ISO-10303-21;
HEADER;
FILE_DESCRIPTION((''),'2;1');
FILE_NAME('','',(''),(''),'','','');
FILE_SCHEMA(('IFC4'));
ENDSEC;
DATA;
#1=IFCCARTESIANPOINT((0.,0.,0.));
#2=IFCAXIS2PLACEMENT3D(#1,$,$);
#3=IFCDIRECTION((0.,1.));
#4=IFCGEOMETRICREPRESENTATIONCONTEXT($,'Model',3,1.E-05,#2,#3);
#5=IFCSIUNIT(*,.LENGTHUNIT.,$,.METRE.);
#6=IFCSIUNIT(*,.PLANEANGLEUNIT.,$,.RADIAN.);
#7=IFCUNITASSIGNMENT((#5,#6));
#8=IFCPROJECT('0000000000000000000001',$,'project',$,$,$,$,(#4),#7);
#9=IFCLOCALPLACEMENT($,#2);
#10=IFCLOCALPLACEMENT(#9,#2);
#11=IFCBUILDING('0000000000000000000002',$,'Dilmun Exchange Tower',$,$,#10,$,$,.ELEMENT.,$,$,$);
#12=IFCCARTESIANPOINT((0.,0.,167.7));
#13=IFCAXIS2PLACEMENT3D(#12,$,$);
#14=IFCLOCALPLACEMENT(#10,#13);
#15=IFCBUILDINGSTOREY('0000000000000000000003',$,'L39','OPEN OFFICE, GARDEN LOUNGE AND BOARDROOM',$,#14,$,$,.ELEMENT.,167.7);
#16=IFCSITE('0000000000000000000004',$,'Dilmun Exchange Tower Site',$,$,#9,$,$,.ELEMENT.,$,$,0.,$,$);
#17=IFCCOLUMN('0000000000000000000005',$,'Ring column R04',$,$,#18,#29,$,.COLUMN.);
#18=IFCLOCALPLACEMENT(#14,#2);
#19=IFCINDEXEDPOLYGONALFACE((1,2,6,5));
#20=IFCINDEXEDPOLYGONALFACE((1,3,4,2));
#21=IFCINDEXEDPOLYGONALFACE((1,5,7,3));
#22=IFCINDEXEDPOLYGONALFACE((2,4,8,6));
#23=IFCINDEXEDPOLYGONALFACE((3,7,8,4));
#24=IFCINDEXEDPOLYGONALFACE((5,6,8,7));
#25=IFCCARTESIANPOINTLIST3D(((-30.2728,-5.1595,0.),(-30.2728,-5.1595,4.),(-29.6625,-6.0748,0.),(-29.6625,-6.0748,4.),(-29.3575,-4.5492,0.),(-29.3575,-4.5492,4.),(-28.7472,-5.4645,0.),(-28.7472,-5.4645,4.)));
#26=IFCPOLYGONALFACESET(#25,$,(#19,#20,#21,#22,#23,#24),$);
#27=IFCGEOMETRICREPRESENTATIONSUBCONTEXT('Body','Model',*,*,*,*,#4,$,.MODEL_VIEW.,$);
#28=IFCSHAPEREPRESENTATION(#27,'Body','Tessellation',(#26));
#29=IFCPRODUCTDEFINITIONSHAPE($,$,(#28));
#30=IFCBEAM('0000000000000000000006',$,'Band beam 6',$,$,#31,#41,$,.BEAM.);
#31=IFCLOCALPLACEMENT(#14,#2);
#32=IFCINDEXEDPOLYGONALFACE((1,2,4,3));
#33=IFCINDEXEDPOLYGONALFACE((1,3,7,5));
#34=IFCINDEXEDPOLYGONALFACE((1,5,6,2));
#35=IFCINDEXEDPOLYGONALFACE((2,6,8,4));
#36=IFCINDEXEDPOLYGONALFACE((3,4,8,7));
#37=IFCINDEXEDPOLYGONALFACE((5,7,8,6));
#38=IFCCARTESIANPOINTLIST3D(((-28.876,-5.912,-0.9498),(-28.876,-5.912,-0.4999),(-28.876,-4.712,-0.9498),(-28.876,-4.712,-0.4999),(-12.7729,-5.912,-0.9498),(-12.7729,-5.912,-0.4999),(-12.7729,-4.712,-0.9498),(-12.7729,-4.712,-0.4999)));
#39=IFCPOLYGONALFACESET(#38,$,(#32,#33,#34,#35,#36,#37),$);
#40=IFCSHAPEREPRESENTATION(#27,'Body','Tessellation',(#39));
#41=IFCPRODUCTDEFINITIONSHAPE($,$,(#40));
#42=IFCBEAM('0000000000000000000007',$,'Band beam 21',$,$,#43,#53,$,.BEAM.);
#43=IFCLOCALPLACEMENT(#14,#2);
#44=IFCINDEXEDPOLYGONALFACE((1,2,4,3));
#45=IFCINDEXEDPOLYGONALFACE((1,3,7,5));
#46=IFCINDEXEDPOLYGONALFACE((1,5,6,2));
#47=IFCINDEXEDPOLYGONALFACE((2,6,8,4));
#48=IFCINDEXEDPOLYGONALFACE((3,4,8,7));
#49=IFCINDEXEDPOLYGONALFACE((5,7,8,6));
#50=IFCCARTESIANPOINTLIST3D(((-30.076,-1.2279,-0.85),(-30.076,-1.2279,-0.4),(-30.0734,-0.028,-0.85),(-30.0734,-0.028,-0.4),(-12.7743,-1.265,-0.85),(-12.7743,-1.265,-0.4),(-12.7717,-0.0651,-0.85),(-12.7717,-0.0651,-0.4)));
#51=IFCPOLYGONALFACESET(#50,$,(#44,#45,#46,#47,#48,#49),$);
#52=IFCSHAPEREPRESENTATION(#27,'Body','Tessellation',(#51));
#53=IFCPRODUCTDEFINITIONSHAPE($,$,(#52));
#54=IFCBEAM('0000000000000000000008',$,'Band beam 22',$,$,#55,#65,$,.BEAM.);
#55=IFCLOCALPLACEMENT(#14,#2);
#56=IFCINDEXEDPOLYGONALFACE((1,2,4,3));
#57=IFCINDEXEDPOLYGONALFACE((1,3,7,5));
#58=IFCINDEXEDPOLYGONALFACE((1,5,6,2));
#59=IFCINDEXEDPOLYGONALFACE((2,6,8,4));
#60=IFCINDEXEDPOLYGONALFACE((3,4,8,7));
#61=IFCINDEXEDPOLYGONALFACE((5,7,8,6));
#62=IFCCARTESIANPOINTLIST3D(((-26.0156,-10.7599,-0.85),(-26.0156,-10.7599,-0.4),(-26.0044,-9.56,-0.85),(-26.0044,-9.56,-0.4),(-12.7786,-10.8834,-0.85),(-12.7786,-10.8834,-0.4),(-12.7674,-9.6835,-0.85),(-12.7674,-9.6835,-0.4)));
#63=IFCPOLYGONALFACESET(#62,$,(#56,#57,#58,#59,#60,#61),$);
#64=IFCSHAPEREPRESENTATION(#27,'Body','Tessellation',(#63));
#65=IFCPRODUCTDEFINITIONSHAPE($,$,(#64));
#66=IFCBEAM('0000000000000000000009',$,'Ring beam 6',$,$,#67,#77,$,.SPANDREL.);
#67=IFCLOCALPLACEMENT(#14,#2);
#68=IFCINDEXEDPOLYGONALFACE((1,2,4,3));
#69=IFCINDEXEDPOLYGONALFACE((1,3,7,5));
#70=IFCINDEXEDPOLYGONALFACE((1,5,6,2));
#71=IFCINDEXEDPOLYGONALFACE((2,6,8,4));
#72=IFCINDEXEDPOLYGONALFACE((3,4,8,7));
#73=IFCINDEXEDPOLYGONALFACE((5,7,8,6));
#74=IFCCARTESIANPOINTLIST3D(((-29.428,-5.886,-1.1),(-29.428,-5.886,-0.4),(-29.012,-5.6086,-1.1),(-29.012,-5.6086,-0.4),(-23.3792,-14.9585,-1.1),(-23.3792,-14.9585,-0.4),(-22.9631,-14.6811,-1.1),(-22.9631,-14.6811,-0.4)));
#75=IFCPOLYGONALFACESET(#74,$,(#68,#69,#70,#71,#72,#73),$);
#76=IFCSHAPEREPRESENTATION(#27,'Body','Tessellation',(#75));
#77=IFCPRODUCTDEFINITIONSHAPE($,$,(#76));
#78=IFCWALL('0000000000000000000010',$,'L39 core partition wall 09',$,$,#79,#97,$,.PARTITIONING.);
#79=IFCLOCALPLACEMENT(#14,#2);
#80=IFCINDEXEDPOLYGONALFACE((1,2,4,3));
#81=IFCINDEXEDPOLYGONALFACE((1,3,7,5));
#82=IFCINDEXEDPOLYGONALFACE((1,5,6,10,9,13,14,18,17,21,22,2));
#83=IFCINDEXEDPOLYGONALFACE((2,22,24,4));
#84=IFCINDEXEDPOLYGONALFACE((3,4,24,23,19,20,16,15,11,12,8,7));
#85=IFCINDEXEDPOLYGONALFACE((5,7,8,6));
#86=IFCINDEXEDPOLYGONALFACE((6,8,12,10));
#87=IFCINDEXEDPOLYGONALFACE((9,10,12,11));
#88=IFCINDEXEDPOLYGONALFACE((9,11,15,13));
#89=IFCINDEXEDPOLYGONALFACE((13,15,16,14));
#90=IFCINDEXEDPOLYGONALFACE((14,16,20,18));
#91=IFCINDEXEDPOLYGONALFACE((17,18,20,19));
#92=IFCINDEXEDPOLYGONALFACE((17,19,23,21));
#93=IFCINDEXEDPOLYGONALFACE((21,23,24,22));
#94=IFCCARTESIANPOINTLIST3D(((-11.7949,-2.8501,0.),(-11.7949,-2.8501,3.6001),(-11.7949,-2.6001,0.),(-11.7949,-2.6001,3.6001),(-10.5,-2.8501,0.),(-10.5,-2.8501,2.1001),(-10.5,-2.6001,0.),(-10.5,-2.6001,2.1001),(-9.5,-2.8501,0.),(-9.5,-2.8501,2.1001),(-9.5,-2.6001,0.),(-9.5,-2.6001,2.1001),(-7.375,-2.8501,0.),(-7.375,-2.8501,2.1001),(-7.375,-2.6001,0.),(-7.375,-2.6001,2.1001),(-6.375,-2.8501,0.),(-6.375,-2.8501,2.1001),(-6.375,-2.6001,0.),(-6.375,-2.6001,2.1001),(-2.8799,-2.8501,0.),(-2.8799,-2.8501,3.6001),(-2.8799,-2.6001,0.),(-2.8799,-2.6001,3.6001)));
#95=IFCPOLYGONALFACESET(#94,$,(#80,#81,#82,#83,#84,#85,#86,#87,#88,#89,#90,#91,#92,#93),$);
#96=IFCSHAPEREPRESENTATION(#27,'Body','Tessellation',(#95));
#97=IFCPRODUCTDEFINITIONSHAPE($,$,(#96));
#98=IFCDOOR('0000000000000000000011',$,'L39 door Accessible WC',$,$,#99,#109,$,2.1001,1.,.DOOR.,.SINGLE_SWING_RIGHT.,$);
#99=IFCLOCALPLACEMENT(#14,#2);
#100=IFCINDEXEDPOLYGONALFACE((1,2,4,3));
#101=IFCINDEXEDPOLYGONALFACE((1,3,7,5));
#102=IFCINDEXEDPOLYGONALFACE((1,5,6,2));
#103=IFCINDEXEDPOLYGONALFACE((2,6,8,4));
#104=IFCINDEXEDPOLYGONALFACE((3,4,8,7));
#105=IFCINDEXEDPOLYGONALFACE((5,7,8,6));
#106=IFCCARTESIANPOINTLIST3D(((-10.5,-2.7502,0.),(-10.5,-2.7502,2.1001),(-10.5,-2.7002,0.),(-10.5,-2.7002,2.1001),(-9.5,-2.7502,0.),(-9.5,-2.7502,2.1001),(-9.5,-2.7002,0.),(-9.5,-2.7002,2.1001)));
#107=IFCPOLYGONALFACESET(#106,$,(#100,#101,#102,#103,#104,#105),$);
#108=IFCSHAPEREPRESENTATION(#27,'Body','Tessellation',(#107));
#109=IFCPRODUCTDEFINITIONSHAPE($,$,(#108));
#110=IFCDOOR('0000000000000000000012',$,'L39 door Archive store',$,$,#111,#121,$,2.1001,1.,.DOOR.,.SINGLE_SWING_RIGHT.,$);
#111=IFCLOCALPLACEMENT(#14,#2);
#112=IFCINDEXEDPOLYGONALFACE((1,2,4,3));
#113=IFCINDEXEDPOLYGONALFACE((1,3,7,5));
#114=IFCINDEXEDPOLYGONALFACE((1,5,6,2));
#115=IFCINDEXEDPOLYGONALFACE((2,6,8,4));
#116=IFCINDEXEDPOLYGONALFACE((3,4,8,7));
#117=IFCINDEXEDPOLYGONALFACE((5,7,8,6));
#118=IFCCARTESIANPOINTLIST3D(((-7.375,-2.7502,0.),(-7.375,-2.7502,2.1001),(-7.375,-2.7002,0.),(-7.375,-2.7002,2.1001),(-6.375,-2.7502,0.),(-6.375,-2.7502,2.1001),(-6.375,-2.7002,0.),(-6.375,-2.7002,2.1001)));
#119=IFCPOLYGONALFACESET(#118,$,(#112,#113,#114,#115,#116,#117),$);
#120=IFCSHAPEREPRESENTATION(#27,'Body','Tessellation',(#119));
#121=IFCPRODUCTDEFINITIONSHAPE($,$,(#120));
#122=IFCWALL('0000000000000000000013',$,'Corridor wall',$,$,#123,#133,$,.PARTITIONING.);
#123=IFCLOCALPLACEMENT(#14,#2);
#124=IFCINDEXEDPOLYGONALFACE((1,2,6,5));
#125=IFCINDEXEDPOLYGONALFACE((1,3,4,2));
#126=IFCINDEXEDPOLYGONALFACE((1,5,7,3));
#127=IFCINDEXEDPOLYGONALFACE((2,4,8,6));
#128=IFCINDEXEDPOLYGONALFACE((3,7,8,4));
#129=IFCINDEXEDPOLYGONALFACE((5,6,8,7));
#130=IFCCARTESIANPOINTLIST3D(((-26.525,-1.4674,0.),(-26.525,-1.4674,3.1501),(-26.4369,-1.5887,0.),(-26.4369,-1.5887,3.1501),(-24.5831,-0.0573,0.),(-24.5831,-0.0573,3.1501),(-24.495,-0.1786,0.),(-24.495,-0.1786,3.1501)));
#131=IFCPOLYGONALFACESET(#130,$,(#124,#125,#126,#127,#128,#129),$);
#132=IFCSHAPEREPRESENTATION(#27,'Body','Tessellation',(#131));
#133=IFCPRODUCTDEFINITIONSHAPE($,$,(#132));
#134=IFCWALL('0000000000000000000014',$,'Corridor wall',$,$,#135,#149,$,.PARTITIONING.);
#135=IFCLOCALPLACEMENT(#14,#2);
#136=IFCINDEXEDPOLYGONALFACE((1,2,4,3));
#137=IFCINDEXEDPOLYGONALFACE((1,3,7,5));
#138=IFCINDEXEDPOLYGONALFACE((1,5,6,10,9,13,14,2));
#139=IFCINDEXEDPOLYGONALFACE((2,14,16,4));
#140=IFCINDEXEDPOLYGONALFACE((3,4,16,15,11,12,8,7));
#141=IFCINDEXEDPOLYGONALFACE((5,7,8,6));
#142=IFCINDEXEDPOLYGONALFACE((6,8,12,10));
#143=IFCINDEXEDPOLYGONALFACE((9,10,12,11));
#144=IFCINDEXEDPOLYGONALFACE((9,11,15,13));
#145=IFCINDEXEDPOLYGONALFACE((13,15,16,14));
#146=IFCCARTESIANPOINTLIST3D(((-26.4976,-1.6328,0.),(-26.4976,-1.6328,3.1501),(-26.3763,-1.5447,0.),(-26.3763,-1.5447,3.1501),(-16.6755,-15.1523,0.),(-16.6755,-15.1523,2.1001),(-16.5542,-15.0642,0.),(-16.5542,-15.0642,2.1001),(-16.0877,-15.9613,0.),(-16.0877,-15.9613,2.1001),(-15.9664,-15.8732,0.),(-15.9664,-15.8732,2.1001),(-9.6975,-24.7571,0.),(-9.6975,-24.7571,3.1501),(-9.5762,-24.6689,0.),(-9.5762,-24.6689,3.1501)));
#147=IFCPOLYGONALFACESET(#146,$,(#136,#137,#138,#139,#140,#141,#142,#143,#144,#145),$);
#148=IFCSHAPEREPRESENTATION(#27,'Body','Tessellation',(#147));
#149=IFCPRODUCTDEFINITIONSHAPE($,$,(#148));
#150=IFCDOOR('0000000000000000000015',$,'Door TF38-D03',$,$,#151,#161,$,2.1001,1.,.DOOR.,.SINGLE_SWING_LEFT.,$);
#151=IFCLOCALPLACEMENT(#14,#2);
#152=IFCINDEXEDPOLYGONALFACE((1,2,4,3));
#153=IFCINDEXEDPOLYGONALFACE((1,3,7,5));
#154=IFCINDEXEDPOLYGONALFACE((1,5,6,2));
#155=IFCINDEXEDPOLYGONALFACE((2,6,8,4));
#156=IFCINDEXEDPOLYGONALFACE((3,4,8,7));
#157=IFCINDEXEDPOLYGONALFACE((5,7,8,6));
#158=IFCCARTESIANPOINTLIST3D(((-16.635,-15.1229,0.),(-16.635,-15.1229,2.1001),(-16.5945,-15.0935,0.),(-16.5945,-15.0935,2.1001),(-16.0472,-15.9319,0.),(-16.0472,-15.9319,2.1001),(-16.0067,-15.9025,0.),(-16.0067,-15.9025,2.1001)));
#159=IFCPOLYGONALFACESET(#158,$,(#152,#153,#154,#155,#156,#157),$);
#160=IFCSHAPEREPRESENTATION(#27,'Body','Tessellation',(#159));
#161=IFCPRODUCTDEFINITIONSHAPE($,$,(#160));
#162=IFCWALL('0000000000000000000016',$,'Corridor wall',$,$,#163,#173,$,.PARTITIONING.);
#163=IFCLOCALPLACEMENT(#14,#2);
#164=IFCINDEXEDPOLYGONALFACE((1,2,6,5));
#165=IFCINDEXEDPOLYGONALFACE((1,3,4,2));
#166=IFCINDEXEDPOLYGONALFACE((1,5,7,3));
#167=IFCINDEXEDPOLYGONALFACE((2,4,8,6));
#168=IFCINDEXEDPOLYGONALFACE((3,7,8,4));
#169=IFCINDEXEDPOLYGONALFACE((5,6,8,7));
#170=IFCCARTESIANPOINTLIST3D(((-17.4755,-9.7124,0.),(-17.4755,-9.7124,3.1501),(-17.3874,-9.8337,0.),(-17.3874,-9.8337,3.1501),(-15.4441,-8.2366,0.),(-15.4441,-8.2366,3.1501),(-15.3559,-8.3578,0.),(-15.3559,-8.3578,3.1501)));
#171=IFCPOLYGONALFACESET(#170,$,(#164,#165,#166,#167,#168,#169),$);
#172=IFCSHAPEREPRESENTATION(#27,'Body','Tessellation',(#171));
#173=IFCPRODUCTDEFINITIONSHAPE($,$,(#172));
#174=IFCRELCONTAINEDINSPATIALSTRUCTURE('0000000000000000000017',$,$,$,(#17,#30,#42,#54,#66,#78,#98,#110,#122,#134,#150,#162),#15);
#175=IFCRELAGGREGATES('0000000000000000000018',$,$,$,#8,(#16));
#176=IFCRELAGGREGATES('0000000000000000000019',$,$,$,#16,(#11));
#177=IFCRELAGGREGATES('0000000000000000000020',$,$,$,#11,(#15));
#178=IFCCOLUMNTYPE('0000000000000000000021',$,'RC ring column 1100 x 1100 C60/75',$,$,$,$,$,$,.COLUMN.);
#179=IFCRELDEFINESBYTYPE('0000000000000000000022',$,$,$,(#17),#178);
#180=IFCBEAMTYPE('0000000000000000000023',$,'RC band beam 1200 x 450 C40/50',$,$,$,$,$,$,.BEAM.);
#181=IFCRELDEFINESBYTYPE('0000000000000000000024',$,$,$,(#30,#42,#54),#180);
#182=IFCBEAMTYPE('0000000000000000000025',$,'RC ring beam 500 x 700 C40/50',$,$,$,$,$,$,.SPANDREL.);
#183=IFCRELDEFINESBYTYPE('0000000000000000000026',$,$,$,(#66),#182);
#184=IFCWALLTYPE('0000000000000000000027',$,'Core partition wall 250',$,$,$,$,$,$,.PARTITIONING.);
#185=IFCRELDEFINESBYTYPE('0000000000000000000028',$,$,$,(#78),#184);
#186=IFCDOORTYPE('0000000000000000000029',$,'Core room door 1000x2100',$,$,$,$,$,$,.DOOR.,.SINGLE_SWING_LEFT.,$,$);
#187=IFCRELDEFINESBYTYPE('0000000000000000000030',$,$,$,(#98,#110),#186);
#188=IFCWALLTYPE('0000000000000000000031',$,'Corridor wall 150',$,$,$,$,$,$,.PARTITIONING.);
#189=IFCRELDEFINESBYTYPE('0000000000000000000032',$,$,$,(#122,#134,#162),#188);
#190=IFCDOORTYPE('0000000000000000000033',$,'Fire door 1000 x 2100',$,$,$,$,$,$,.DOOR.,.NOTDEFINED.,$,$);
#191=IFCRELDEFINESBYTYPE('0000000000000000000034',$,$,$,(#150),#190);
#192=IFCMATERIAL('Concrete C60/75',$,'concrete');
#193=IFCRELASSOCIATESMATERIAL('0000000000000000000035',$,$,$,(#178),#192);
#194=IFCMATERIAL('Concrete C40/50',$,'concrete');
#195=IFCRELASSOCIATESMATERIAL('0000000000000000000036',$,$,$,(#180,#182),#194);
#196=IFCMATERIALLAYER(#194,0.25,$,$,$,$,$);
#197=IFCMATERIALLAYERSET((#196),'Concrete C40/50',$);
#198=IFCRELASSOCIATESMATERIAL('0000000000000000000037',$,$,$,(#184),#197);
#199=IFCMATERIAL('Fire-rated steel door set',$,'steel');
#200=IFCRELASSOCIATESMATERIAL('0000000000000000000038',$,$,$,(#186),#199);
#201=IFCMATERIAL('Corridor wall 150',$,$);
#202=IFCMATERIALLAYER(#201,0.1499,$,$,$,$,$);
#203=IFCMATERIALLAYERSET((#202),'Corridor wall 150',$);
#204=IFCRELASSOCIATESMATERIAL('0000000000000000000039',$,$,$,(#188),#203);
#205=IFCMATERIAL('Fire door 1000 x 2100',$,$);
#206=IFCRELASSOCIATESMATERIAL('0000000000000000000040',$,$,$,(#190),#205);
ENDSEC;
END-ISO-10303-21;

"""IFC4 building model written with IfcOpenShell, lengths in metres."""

from ifc_helpers import new_model, si_unit, direction, frame, frame_2d, origin, origin_2d, place, context, subcontext, project, spatial, rectangle, extrude, material, layer, layer_set, material_profile, profile_set, type_object, element, fill, save


model = new_model("IFC4")

# Units and contexts
model_context = context("Model", 3, precision=1e-05, world=origin(), true_north=direction((0.0, 1.0)))
body_context = subcontext(model_context, "Body", "Model", "MODEL_VIEW")
ifc_project = project(units=[si_unit("LENGTHUNIT", "METRE"), si_unit("PLANEANGLEUNIT", "RADIAN")], contexts=[model_context])

# Site, building, storey
site_placement = place(None, origin())
site = spatial("IfcSite", under=ifc_project, at=site_placement, Name="Dilmun Exchange Tower Site", CompositionType="ELEMENT", RefElevation=0.0)
building_placement = place(site_placement, origin())
building = spatial("IfcBuilding", under=site, at=building_placement, Name="Dilmun Exchange Tower", CompositionType="ELEMENT")
storey_placement = place(building_placement, frame((0.0, 0.0, 167.7)))
storey = spatial("IfcBuildingStorey", under=building, at=storey_placement, Name="L39", Description="OPEN OFFICE, GARDEN LOUNGE AND BOARDROOM", CompositionType="ELEMENT", Elevation=167.7)

# Column
ifc_material_1 = material(Name="Concrete C60/75", Category="concrete")
ifc_material_profile_1 = material_profile(ifc_material_1, rectangle(XDim=1.1001, YDim=1.1001, at=origin_2d()), Name="1100 x 1100")
ifc_profile_set_1 = profile_set([ifc_material_profile_1], Name="Concrete C60/75")
column_type = type_object("IfcColumnType", Name="RC ring column 1100 x 1100 C60/75", PredefinedType="COLUMN", material=ifc_profile_set_1)
column_placement = place(storey_placement, frame((-29.51, -5.312, 0.0), z_axis=(0.0, 0.0, 1.0), x_axis=(0.832029, 0.554733, 0.0)))
element("IfcColumn", 1, at=column_placement, inside=storey, type_object=column_type, Name="Ring column R04", PredefinedType="COLUMN", context=body_context, shape_type="SweptSolid", body=[
    extrude(rectangle(XDim=1.1001, YDim=1.1001, at=origin_2d()), origin(), (0.0, 0.0, 1.0), 4.0),
])

# Beams
ifc_material_2 = material(Name="Concrete C40/50", Category="concrete")
ifc_material_profile_2 = material_profile(ifc_material_2, rectangle(XDim=1.2, YDim=0.45, at=origin_2d()), Name="1200 x 450")
ifc_profile_set_2 = profile_set([ifc_material_profile_2], Name="Concrete C40/50")
beam_type_1 = type_object("IfcBeamType", Name="RC band beam 1200 x 450 C40/50", PredefinedType="BEAM", material=ifc_profile_set_2)
beam_1_placement = place(storey_placement, frame((-28.876, -5.312, -0.7249), z_axis=(1.0, 0.0, 0.0), x_axis=(0.0, 1.0, 0.0)))
element("IfcBeam", 2, at=beam_1_placement, inside=storey, type_object=beam_type_1, Name="Band beam 6", PredefinedType="BEAM", context=body_context, shape_type="SweptSolid", body=[
    extrude(rectangle(XDim=1.2, YDim=0.45, at=origin_2d()), origin(), (0.0, 0.0, 1.0), 16.103),
])
beam_2_placement = place(storey_placement, frame((-30.0747, -0.6279, -0.625), z_axis=(0.999998, -0.002145, 0.0), x_axis=(0.002145, 0.999998, 0.0)))
element("IfcBeam", 3, at=beam_2_placement, inside=storey, type_object=beam_type_1, Name="Band beam 21", PredefinedType="BEAM", context=body_context, shape_type="SweptSolid", body=[
    extrude(rectangle(XDim=1.2, YDim=0.45, at=origin_2d()), origin(), (0.0, 0.0, 1.0), 17.3018),
])
beam_3_placement = place(storey_placement, frame((-26.01, -10.1599, -0.625), z_axis=(0.999956, -0.009332, 0.0), x_axis=(0.009332, 0.999956, 0.0)))
element("IfcBeam", 4, at=beam_3_placement, inside=storey, type_object=beam_type_1, Name="Band beam 22", PredefinedType="BEAM", context=body_context, shape_type="SweptSolid", body=[
    extrude(rectangle(XDim=1.2, YDim=0.45, at=origin_2d()), origin(), (0.0, 0.0, 1.0), 13.2375),
])
ifc_material_profile_3 = material_profile(ifc_material_2, rectangle(XDim=0.5, YDim=0.7, at=origin_2d()), Name="500 x 700")
ifc_profile_set_3 = profile_set([ifc_material_profile_3], Name="Concrete C40/50")
beam_type_2 = type_object("IfcBeamType", Name="RC ring beam 500 x 700 C40/50", PredefinedType="SPANDREL", material=ifc_profile_set_3)
beam_4_placement = place(storey_placement, frame((-29.22, -5.7473, -0.75), z_axis=(0.554731, -0.83203, 0.0), x_axis=(0.83203, 0.554731, 0.0)))
element("IfcBeam", 5, at=beam_4_placement, inside=storey, type_object=beam_type_2, Name="Ring beam 6", PredefinedType="SPANDREL", context=body_context, shape_type="SweptSolid", body=[
    extrude(rectangle(XDim=0.5, YDim=0.7, at=origin_2d()), origin(), (0.0, 0.0, 1.0), 10.9041),
])

# Wall, openings, doors
ifc_layer_1 = layer(ifc_material_2, 0.25)
ifc_layer_set_1 = layer_set([ifc_layer_1], Name="Concrete C40/50")
wall_type_1 = type_object("IfcWallType", Name="Core partition wall 250", PredefinedType="PARTITIONING", material=ifc_layer_set_1)
wall_1_placement = place(storey_placement, frame((-11.7949, -2.7251, 0.0), z_axis=(0.0, 0.0, 1.0), x_axis=(1.0, 0.0, 0.0)))
wall_1 = element("IfcWall", 6, at=wall_1_placement, inside=storey, type_object=wall_type_1, Name="L39 core partition wall 09", PredefinedType="PARTITIONING", context=body_context, shape_type="SweptSolid", body=[
    extrude(rectangle(XDim=8.915, YDim=0.25, at=frame_2d((4.4575, 0.0))), origin(), (0.0, 0.0, 1.0), 3.6001),
])
opening_1_placement = place(wall_1_placement, frame((1.2949, 0.0, 0.0)))
opening_1 = element("IfcOpeningElement", 7, at=opening_1_placement, cuts=wall_1, PredefinedType="OPENING", context=body_context, shape_type="SweptSolid", body=[
    extrude(rectangle(XDim=1.0, YDim=2.1001, at=frame_2d((0.5, 1.05))), frame((0.0, 0.135, 0.0), z_axis=(0.0, -1.0, 0.0), x_axis=(1.0, 0.0, 0.0)), (0.0, 0.0, 1.0), 0.27),
])
opening_2_placement = place(wall_1_placement, frame((4.4199, 0.0, 0.0)))
opening_2 = element("IfcOpeningElement", 8, at=opening_2_placement, cuts=wall_1, PredefinedType="OPENING", context=body_context, shape_type="SweptSolid", body=[
    extrude(rectangle(XDim=1.0, YDim=2.1001, at=frame_2d((0.5, 1.05))), frame((0.0, 0.135, 0.0), z_axis=(0.0, -1.0, 0.0), x_axis=(1.0, 0.0, 0.0)), (0.0, 0.0, 1.0), 0.27),
])
ifc_material_3 = material(Name="Fire-rated steel door set", Category="steel")
door_type_1 = type_object("IfcDoorType", Name="Core room door 1000x2100", OperationType="SINGLE_SWING_LEFT", PredefinedType="DOOR", material=ifc_material_3)
door_1_placement = place(opening_1_placement, origin())
door_1 = element("IfcDoor", 9, at=door_1_placement, inside=storey, type_object=door_type_1, Name="L39 door Accessible WC", OperationType="SINGLE_SWING_RIGHT", OverallHeight=2.1001, OverallWidth=1.0, PredefinedType="DOOR", context=body_context, shape_type="SweptSolid", body=[
    extrude(rectangle(XDim=1.0, YDim=2.1001, at=frame_2d((0.5, 1.05))), frame((0.0, 0.0249, 0.0), z_axis=(0.0, -1.0, 0.0), x_axis=(1.0, 0.0, 0.0)), (0.0, 0.0, 1.0), 0.05),
])
fill(opening_1, door_1)
door_2_placement = place(opening_2_placement, origin())
door_2 = element("IfcDoor", 10, at=door_2_placement, inside=storey, type_object=door_type_1, Name="L39 door Archive store", OperationType="SINGLE_SWING_RIGHT", OverallHeight=2.1001, OverallWidth=1.0, PredefinedType="DOOR", context=body_context, shape_type="SweptSolid", body=[
    extrude(rectangle(XDim=1.0, YDim=2.1001, at=frame_2d((0.5, 1.05))), frame((0.0, 0.0249, 0.0), z_axis=(0.0, -1.0, 0.0), x_axis=(1.0, 0.0, 0.0)), (0.0, 0.0, 1.0), 0.05),
])
fill(opening_2, door_2)

# Wall
ifc_material_4 = material(Name="Corridor wall 150")
ifc_layer_2 = layer(ifc_material_4, 0.1499)
ifc_layer_set_2 = layer_set([ifc_layer_2], Name="Corridor wall 150")
wall_type_2 = type_object("IfcWallType", Name="Corridor wall 150", PredefinedType="PARTITIONING", material=ifc_layer_set_2)
wall_2_placement = place(storey_placement, frame((-26.481, -1.5281, 0.0), z_axis=(0.0, 0.0, 1.0), x_axis=(0.809158, 0.587591, 0.0)))
element("IfcWall", 11, at=wall_2_placement, inside=storey, type_object=wall_type_2, Name="Corridor wall", PredefinedType="PARTITIONING", context=body_context, shape_type="SweptSolid", body=[
    extrude(rectangle(XDim=2.3999, YDim=0.1499, at=frame_2d((1.2, 0.0))), origin(), (0.0, 0.0, 1.0), 3.1501),
])

# Wall, opening, door
wall_3_placement = place(storey_placement, frame((-26.437, -1.5886, 0.0), z_axis=(0.0, 0.0, 1.0), x_axis=(0.587769, -0.809029, 0.0)))
wall_3 = element("IfcWall", 12, at=wall_3_placement, inside=storey, type_object=wall_type_2, Name="Corridor wall", PredefinedType="PARTITIONING", context=body_context, shape_type="SweptSolid", body=[
    extrude(rectangle(XDim=28.5828, YDim=0.1499, at=frame_2d((14.2915, 0.0))), origin(), (0.0, 0.0, 1.0), 3.1501),
])
opening_3_placement = place(wall_3_placement, frame((16.7109, 0.0, 0.0)))
opening_3 = element("IfcOpeningElement", 13, at=opening_3_placement, cuts=wall_3, PredefinedType="OPENING", context=body_context, shape_type="SweptSolid", body=[
    extrude(rectangle(XDim=1.0, YDim=2.1001, at=frame_2d((0.5, 1.05))), frame((0.0, 0.085, 0.0), z_axis=(0.0, -1.0, 0.0), x_axis=(1.0, 0.0, 0.0)), (0.0, 0.0, 1.0), 0.1699),
])
ifc_material_5 = material(Name="Fire door 1000 x 2100")
door_type_2 = type_object("IfcDoorType", Name="Fire door 1000 x 2100", OperationType="NOTDEFINED", PredefinedType="DOOR", material=ifc_material_5)
door_3_placement = place(opening_3_placement, frame((1.0, 0.0, 0.0), z_axis=(0.0, 0.0, 1.0), x_axis=(-1.0, 0.0, 0.0)))
door_3 = element("IfcDoor", 14, at=door_3_placement, inside=storey, type_object=door_type_2, Name="Door TF38-D03", OperationType="SINGLE_SWING_LEFT", OverallHeight=2.1001, OverallWidth=1.0, PredefinedType="DOOR", context=body_context, shape_type="SweptSolid", body=[
    extrude(rectangle(XDim=1.0, YDim=2.1001, at=frame_2d((0.5, 1.05))), frame((0.0, 0.0249, 0.0), z_axis=(0.0, -1.0, 0.0), x_axis=(1.0, 0.0, 0.0)), (0.0, 0.0, 1.0), 0.05),
])
fill(opening_3, door_3)

# Wall
wall_4_placement = place(storey_placement, frame((-17.4314, -9.7729, 0.0), z_axis=(0.0, 0.0, 1.0), x_axis=(0.809043, 0.58775, 0.0)))
element("IfcWall", 15, at=wall_4_placement, inside=storey, type_object=wall_type_2, Name="Corridor wall", PredefinedType="PARTITIONING", context=body_context, shape_type="SweptSolid", body=[
    extrude(rectangle(XDim=2.511, YDim=0.1499, at=frame_2d((1.2554, 0.0))), origin(), (0.0, 0.0, 1.0), 3.1501),
])

save(model, "model.ifc")
